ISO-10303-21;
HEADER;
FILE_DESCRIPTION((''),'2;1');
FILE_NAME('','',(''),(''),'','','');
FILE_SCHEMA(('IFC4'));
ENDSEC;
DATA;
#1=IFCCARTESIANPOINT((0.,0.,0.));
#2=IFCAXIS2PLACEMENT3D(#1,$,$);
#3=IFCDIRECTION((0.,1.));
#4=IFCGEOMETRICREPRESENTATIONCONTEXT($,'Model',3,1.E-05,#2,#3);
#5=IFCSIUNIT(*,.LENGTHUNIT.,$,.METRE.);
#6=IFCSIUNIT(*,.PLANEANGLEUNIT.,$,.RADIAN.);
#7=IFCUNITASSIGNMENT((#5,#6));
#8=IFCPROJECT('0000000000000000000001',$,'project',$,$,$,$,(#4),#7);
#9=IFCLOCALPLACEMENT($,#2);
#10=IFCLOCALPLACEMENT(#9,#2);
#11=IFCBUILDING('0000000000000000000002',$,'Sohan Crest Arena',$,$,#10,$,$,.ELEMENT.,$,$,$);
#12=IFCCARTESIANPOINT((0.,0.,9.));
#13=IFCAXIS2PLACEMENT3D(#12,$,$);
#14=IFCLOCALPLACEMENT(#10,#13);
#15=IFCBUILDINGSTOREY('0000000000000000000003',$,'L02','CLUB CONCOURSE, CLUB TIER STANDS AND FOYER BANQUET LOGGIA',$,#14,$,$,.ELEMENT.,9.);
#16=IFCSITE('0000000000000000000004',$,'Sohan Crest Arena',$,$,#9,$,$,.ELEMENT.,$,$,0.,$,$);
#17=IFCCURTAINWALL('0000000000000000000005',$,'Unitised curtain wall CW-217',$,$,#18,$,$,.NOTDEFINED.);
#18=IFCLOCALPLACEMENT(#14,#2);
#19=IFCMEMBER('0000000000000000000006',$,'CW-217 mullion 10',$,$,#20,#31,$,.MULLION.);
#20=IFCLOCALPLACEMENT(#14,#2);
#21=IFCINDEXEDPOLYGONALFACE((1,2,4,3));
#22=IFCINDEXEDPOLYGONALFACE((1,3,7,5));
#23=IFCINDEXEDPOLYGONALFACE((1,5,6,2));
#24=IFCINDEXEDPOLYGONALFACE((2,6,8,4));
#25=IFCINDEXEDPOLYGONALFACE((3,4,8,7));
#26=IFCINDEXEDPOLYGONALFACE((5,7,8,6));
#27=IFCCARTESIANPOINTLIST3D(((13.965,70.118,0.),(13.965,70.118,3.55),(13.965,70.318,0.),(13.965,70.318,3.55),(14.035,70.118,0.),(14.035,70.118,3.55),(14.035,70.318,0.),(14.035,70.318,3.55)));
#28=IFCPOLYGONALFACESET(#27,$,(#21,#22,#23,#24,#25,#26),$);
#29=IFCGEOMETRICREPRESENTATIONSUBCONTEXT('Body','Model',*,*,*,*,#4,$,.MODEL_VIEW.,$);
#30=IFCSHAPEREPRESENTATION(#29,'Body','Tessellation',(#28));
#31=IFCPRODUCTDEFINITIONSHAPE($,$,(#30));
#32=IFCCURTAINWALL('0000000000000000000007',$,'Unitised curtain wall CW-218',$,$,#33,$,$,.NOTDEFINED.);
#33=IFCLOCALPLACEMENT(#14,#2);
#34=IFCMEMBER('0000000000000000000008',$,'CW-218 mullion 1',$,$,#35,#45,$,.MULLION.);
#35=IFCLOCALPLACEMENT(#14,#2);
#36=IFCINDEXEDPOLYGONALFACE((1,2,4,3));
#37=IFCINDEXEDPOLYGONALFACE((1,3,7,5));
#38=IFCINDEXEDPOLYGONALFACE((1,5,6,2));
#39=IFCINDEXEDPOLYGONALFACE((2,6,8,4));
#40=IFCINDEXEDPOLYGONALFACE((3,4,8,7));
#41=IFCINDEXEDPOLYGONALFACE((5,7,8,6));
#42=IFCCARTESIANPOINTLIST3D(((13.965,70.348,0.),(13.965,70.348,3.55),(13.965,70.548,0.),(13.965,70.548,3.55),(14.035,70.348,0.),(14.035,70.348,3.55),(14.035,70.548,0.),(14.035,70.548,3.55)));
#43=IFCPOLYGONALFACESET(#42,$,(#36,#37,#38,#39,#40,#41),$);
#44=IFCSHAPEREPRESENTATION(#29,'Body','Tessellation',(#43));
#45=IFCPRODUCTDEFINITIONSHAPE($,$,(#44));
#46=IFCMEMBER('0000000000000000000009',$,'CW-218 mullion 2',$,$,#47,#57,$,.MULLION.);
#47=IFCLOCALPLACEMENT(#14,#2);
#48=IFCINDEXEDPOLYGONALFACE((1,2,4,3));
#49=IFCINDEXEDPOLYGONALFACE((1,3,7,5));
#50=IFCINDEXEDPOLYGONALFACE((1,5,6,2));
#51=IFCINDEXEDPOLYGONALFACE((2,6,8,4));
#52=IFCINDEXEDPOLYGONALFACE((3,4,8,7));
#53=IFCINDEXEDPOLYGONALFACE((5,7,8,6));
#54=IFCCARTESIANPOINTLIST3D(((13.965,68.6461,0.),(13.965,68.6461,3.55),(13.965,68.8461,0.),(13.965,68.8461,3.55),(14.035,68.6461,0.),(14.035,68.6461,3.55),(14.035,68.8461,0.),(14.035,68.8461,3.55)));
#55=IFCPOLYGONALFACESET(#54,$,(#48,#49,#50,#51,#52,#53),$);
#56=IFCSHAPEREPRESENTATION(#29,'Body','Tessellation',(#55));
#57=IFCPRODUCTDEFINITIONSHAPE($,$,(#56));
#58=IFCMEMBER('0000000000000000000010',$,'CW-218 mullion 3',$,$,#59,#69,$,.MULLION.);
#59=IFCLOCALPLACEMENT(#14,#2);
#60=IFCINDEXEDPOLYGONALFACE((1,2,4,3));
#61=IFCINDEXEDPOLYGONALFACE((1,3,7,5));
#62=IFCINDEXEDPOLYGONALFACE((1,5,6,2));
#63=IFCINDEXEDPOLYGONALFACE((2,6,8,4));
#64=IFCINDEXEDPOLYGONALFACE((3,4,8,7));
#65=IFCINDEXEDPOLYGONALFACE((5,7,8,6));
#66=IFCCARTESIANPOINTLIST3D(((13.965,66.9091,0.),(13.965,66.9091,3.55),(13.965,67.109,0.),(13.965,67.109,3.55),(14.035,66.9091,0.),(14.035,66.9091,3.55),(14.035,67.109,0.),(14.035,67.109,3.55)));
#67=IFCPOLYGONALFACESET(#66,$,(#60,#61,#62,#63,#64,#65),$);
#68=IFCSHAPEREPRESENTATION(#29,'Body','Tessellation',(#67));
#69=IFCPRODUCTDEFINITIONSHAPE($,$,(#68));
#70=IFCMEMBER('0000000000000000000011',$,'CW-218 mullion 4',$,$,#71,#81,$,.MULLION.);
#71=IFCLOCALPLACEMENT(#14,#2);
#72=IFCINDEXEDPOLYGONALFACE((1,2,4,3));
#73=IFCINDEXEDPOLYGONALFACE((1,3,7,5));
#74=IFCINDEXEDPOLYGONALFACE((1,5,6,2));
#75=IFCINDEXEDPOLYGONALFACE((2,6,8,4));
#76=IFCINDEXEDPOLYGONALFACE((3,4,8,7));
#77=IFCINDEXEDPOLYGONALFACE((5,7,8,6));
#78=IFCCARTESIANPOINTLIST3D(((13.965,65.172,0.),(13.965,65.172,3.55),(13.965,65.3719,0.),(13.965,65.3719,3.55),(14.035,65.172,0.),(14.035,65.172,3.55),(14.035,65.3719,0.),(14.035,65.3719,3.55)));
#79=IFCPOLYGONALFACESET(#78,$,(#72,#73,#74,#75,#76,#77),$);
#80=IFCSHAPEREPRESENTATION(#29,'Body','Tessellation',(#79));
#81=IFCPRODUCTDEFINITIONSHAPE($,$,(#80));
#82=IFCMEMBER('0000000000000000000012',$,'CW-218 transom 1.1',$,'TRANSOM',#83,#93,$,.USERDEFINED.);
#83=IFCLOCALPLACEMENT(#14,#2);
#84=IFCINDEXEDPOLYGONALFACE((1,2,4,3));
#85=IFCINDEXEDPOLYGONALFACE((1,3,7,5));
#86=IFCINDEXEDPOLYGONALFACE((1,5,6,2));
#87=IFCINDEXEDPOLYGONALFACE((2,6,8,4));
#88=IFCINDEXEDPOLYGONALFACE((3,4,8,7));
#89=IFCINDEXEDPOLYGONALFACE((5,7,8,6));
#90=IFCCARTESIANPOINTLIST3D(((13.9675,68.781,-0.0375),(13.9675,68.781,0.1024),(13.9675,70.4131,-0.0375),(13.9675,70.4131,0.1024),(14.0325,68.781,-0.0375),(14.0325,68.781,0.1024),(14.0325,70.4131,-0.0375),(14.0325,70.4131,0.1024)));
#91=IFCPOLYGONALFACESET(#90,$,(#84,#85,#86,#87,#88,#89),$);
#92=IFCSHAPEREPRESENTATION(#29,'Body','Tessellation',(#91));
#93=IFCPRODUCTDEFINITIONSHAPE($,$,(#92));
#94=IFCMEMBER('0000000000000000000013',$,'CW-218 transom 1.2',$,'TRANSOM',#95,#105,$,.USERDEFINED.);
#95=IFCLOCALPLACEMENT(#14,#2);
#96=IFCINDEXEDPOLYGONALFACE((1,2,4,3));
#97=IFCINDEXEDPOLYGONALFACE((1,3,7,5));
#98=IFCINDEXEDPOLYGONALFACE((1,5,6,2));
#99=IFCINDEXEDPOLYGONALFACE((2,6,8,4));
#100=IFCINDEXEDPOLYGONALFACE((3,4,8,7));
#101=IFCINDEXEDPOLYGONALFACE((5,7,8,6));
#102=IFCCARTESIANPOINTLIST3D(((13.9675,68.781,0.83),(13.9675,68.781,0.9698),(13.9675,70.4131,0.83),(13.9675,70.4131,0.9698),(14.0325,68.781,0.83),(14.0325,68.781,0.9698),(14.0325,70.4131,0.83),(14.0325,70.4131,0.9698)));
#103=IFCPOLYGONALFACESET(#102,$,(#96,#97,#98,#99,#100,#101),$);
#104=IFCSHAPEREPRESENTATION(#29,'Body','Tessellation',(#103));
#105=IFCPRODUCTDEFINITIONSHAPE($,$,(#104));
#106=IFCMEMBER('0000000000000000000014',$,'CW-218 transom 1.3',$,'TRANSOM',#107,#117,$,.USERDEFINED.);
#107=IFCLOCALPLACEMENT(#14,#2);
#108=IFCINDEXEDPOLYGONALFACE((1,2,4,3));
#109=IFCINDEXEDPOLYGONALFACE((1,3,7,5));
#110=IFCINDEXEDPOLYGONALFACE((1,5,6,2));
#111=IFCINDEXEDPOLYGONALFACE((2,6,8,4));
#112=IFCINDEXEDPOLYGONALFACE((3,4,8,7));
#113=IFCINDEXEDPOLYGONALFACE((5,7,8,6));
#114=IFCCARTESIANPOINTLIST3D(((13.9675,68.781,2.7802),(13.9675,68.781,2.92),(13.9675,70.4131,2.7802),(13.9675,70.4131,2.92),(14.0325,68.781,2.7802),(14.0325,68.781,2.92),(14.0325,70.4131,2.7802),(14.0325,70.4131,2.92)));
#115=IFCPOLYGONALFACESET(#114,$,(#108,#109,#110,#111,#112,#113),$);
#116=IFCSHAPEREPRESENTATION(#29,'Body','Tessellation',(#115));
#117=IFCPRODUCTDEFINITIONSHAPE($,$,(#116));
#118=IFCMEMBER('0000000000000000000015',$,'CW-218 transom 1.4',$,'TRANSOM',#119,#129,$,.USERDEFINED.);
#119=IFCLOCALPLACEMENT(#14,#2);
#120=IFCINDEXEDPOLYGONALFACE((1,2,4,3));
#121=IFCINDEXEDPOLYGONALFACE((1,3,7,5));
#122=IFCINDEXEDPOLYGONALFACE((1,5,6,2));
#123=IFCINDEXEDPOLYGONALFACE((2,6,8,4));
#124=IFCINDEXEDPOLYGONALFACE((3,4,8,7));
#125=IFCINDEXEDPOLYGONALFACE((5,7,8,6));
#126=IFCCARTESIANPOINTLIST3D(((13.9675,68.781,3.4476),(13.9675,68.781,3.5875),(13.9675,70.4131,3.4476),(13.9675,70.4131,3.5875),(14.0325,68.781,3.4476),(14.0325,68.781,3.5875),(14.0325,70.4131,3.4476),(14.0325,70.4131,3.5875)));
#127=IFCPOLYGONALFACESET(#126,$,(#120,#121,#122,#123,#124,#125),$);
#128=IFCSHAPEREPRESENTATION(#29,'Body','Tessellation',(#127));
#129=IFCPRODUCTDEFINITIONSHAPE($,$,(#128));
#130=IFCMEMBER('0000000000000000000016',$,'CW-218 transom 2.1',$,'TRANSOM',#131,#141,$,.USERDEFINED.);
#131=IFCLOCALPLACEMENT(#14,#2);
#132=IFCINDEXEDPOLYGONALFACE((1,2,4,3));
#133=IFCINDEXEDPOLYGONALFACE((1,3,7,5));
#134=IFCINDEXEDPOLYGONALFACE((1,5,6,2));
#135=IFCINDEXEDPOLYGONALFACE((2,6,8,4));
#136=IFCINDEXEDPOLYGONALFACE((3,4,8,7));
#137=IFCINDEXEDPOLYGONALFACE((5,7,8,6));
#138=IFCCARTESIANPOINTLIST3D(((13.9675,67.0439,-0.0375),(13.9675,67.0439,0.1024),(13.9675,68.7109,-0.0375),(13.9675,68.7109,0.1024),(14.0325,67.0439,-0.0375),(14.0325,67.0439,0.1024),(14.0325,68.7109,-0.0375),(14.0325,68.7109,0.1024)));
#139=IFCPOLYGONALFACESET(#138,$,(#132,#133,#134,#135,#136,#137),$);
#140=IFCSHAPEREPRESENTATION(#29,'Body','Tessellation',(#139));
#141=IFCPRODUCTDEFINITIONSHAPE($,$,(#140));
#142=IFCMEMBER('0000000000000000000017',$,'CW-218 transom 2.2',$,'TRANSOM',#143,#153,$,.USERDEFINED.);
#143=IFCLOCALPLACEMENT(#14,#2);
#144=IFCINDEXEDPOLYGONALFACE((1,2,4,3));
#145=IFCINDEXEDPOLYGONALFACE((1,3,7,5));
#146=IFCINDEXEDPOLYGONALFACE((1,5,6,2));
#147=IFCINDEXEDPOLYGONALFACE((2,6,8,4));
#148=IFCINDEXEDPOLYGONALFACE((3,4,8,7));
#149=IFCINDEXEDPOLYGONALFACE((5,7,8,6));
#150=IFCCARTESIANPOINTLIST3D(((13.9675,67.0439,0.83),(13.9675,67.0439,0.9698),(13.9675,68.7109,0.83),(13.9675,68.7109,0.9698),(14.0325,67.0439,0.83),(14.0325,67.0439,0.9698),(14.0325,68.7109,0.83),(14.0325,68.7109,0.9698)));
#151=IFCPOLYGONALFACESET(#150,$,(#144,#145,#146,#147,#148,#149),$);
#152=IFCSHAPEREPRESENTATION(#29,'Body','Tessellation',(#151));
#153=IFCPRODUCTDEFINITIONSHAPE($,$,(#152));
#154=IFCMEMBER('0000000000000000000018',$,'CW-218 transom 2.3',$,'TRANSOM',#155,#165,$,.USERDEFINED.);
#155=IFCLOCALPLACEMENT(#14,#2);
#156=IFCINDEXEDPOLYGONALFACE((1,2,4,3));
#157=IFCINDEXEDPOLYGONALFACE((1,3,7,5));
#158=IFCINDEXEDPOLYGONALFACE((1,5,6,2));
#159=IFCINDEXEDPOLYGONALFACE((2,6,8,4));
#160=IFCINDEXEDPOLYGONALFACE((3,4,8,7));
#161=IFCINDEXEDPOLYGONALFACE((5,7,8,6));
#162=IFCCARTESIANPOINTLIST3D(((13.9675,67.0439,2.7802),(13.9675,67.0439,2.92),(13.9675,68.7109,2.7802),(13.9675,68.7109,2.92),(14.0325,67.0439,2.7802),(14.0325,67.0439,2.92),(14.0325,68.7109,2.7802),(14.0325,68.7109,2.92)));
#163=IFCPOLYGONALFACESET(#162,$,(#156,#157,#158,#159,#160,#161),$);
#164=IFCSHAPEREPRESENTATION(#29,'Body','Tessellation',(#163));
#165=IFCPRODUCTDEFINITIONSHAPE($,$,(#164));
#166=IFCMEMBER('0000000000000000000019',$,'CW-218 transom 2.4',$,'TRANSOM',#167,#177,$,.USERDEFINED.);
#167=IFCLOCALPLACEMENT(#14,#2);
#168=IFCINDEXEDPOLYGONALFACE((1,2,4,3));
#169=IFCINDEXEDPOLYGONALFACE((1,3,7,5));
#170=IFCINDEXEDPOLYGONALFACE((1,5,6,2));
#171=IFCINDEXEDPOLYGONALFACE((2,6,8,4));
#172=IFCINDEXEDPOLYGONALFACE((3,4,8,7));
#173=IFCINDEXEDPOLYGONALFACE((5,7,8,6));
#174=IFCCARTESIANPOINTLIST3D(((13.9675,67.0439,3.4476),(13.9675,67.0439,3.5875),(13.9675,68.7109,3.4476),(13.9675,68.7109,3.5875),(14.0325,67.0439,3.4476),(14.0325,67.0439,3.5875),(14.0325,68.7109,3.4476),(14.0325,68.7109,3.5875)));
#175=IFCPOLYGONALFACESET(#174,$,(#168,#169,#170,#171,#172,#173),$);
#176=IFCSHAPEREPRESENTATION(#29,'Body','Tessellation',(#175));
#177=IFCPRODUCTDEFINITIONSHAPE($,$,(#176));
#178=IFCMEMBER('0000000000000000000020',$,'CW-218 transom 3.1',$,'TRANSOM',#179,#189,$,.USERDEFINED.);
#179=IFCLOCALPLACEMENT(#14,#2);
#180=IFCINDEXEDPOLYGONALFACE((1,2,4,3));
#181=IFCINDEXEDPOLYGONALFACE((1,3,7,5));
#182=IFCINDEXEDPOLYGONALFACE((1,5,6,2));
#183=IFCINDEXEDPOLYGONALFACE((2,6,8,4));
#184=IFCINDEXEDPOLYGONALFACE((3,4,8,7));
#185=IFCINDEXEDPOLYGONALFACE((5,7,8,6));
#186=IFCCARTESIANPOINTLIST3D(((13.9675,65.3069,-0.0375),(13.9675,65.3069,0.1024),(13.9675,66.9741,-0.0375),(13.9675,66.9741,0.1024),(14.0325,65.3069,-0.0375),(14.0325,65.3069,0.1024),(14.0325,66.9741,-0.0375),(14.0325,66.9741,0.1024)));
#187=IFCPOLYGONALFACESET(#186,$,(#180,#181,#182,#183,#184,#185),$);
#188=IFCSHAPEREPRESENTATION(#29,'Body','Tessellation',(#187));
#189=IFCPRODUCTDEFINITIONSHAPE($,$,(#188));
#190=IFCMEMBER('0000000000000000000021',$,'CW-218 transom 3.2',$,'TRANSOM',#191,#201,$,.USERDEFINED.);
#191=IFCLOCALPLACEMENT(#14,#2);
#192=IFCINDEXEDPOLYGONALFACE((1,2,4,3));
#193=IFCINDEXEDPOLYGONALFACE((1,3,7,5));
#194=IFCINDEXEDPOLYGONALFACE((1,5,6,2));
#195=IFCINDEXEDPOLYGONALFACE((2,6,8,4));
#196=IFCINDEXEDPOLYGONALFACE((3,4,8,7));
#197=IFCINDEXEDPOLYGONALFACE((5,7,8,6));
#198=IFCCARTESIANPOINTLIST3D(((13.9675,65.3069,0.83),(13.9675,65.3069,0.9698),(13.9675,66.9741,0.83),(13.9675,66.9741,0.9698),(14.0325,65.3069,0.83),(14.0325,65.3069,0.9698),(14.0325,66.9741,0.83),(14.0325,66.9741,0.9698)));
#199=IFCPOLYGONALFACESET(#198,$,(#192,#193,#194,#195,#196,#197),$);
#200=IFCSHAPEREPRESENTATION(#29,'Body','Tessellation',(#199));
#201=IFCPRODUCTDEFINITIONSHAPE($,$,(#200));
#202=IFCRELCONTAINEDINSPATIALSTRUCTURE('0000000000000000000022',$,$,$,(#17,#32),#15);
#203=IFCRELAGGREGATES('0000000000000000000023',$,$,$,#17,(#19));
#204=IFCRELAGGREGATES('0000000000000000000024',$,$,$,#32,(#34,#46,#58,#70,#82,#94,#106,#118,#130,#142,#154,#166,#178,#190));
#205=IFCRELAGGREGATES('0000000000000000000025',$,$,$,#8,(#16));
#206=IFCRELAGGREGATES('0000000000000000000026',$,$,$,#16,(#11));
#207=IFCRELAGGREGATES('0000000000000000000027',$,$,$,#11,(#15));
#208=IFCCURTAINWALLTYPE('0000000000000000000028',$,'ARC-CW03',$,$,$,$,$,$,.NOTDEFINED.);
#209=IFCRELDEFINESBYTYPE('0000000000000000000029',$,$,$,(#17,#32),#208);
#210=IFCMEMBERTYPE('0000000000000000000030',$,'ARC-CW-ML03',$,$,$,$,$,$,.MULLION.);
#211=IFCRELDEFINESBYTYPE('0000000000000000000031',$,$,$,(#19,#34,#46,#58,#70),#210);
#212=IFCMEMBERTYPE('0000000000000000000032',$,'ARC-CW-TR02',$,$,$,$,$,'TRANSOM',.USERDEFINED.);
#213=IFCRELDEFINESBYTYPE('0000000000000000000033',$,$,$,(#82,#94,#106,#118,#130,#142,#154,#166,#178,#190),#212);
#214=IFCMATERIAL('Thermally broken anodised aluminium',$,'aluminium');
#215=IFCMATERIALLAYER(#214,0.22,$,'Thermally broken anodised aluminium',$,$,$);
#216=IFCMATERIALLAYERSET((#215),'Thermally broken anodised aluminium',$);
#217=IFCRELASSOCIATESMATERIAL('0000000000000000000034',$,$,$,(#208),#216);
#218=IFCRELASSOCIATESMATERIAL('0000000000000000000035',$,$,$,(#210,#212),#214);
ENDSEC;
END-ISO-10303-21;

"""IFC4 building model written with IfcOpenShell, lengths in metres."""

from ifc_helpers import new_model, si_unit, direction, frame, origin, origin_2d, place, context, subcontext, project, spatial, rectangle, extrude, material, layer, layer_set, material_profile, profile_set, type_object, element, aggregate, save


model = new_model("IFC4")

# Units and contexts
model_context = context("Model", 3, precision=1e-05, world=origin(), true_north=direction((0.0, 1.0)))
body_context = subcontext(model_context, "Body", "Model", "MODEL_VIEW")
ifc_project = project(units=[si_unit("LENGTHUNIT", "METRE"), si_unit("PLANEANGLEUNIT", "RADIAN")], contexts=[model_context])

# Site, building, storey
site_placement = place(None, origin())
site = spatial("IfcSite", under=ifc_project, at=site_placement, Name="Sohan Crest Arena", CompositionType="ELEMENT", RefElevation=0.0)
building_placement = place(site_placement, origin())
building = spatial("IfcBuilding", under=site, at=building_placement, Name="Sohan Crest Arena", CompositionType="ELEMENT")
storey_placement = place(building_placement, frame((0.0, 0.0, 9.0)))
storey = spatial("IfcBuildingStorey", under=building, at=storey_placement, Name="L02", Description="CLUB CONCOURSE, CLUB TIER STANDS AND FOYER BANQUET LOGGIA", CompositionType="ELEMENT", Elevation=9.0)

# Curtain wall, member
ifc_material_1 = material(Name="Thermally broken anodised aluminium", Category="aluminium")
ifc_layer_1 = layer(ifc_material_1, 0.22, Name="Thermally broken anodised aluminium")
ifc_layer_set_1 = layer_set([ifc_layer_1], Name="Thermally broken anodised aluminium")
curtain_wall_type = type_object("IfcCurtainWallType", Name="ARC-CW03", PredefinedType="NOTDEFINED", material=ifc_layer_set_1)
curtain_wall_1_placement = place(storey_placement, origin())
curtain_wall_1 = element("IfcCurtainWall", 1, at=curtain_wall_1_placement, inside=storey, type_object=curtain_wall_type, Name="Unitised curtain wall CW-217", PredefinedType="NOTDEFINED")
ifc_material_profile_1 = material_profile(ifc_material_1, rectangle(XDim=0.0701, YDim=0.2, at=origin_2d()), Name="ALU-MULL 70x200")
ifc_profile_set_1 = profile_set([ifc_material_profile_1], Name="Thermally broken anodised aluminium")
member_type_1 = type_object("IfcMemberType", Name="ARC-CW-ML03", PredefinedType="MULLION", material=ifc_profile_set_1)
member_1_placement = place(storey_placement, frame((14.0, 70.218, 0.0), z_axis=(0.0, 0.0, 1.0), x_axis=(1.0, 0.0, 0.0)))
member_1 = element("IfcMember", 2, at=member_1_placement, type_object=member_type_1, Name="CW-217 mullion 10", PredefinedType="MULLION", context=body_context, shape_type="SweptSolid", body=[
    extrude(rectangle(XDim=0.0701, YDim=0.2, at=origin_2d()), origin(), (0.0, 0.0, 1.0), 3.55),
])

# Curtain wall, members
curtain_wall_2_placement = place(storey_placement, origin())
curtain_wall_2 = element("IfcCurtainWall", 3, at=curtain_wall_2_placement, inside=storey, type_object=curtain_wall_type, Name="Unitised curtain wall CW-218", PredefinedType="NOTDEFINED")
member_2_placement = place(storey_placement, frame((14.0, 70.448, 0.0), z_axis=(0.0, 0.0, 1.0), x_axis=(1.0, 0.0, 0.0)))
member_2 = element("IfcMember", 4, at=member_2_placement, type_object=member_type_1, Name="CW-218 mullion 1", PredefinedType="MULLION", context=body_context, shape_type="SweptSolid", body=[
    extrude(rectangle(XDim=0.0701, YDim=0.2, at=origin_2d()), origin(), (0.0, 0.0, 1.0), 3.55),
])
member_3_placement = place(storey_placement, frame((14.0, 68.7461, 0.0), z_axis=(0.0, 0.0, 1.0), x_axis=(1.0, 0.0, 0.0)))
member_3 = element("IfcMember", 5, at=member_3_placement, type_object=member_type_1, Name="CW-218 mullion 2", PredefinedType="MULLION", context=body_context, shape_type="SweptSolid", body=[
    extrude(rectangle(XDim=0.0701, YDim=0.2, at=origin_2d()), origin(), (0.0, 0.0, 1.0), 3.55),
])
member_4_placement = place(storey_placement, frame((14.0, 67.009, 0.0), z_axis=(0.0, 0.0, 1.0), x_axis=(1.0, 0.0, 0.0)))
member_4 = element("IfcMember", 6, at=member_4_placement, type_object=member_type_1, Name="CW-218 mullion 3", PredefinedType="MULLION", context=body_context, shape_type="SweptSolid", body=[
    extrude(rectangle(XDim=0.0701, YDim=0.2, at=origin_2d()), origin(), (0.0, 0.0, 1.0), 3.55),
])
member_5_placement = place(storey_placement, frame((14.0, 65.272, 0.0), z_axis=(0.0, 0.0, 1.0), x_axis=(1.0, 0.0, 0.0)))
member_5 = element("IfcMember", 7, at=member_5_placement, type_object=member_type_1, Name="CW-218 mullion 4", PredefinedType="MULLION", context=body_context, shape_type="SweptSolid", body=[
    extrude(rectangle(XDim=0.0701, YDim=0.2, at=origin_2d()), origin(), (0.0, 0.0, 1.0), 3.55),
])
ifc_material_profile_2 = material_profile(ifc_material_1, rectangle(XDim=0.0649, YDim=0.1399, at=origin_2d()), Name="ALU-TRAN 65x140")
ifc_profile_set_2 = profile_set([ifc_material_profile_2], Name="Thermally broken anodised aluminium")
member_type_2 = type_object("IfcMemberType", Name="ARC-CW-TR02", ElementType="TRANSOM", PredefinedType="USERDEFINED", material=ifc_profile_set_2)
member_6_placement = place(storey_placement, frame((14.0, 70.4131, 0.0325), z_axis=(0.0, -1.0, 0.0), x_axis=(1.0, 0.0, 0.0)))
member_6 = element("IfcMember", 8, at=member_6_placement, type_object=member_type_2, Name="CW-218 transom 1.1", ObjectType="TRANSOM", PredefinedType="USERDEFINED", context=body_context, shape_type="SweptSolid", body=[
    extrude(rectangle(XDim=0.0649, YDim=0.1399, at=origin_2d()), origin(), (0.0, 0.0, 1.0), 1.6321),
])
member_7_placement = place(storey_placement, frame((14.0, 70.4131, 0.8999), z_axis=(0.0, -1.0, 0.0), x_axis=(1.0, 0.0, 0.0)))
member_7 = element("IfcMember", 9, at=member_7_placement, type_object=member_type_2, Name="CW-218 transom 1.2", ObjectType="TRANSOM", PredefinedType="USERDEFINED", context=body_context, shape_type="SweptSolid", body=[
    extrude(rectangle(XDim=0.0649, YDim=0.1399, at=origin_2d()), origin(), (0.0, 0.0, 1.0), 1.6321),
])
member_8_placement = place(storey_placement, frame((14.0, 70.4131, 2.8501), z_axis=(0.0, -1.0, 0.0), x_axis=(1.0, 0.0, 0.0)))
member_8 = element("IfcMember", 10, at=member_8_placement, type_object=member_type_2, Name="CW-218 transom 1.3", ObjectType="TRANSOM", PredefinedType="USERDEFINED", context=body_context, shape_type="SweptSolid", body=[
    extrude(rectangle(XDim=0.0649, YDim=0.1399, at=origin_2d()), origin(), (0.0, 0.0, 1.0), 1.6321),
])
member_9_placement = place(storey_placement, frame((14.0, 70.4131, 3.5176), z_axis=(0.0, -1.0, 0.0), x_axis=(1.0, 0.0, 0.0)))
member_9 = element("IfcMember", 11, at=member_9_placement, type_object=member_type_2, Name="CW-218 transom 1.4", ObjectType="TRANSOM", PredefinedType="USERDEFINED", context=body_context, shape_type="SweptSolid", body=[
    extrude(rectangle(XDim=0.0649, YDim=0.1399, at=origin_2d()), origin(), (0.0, 0.0, 1.0), 1.6321),
])
member_10_placement = place(storey_placement, frame((14.0, 68.7109, 0.0325), z_axis=(0.0, -1.0, 0.0), x_axis=(1.0, 0.0, 0.0)))
member_10 = element("IfcMember", 12, at=member_10_placement, type_object=member_type_2, Name="CW-218 transom 2.1", ObjectType="TRANSOM", PredefinedType="USERDEFINED", context=body_context, shape_type="SweptSolid", body=[
    extrude(rectangle(XDim=0.0649, YDim=0.1399, at=origin_2d()), origin(), (0.0, 0.0, 1.0), 1.667),
])
member_11_placement = place(storey_placement, frame((14.0, 68.7109, 0.8999), z_axis=(0.0, -1.0, 0.0), x_axis=(1.0, 0.0, 0.0)))
member_11 = element("IfcMember", 13, at=member_11_placement, type_object=member_type_2, Name="CW-218 transom 2.2", ObjectType="TRANSOM", PredefinedType="USERDEFINED", context=body_context, shape_type="SweptSolid", body=[
    extrude(rectangle(XDim=0.0649, YDim=0.1399, at=origin_2d()), origin(), (0.0, 0.0, 1.0), 1.667),
])
member_12_placement = place(storey_placement, frame((14.0, 68.7109, 2.8501), z_axis=(0.0, -1.0, 0.0), x_axis=(1.0, 0.0, 0.0)))
member_12 = element("IfcMember", 14, at=member_12_placement, type_object=member_type_2, Name="CW-218 transom 2.3", ObjectType="TRANSOM", PredefinedType="USERDEFINED", context=body_context, shape_type="SweptSolid", body=[
    extrude(rectangle(XDim=0.0649, YDim=0.1399, at=origin_2d()), origin(), (0.0, 0.0, 1.0), 1.667),
])
member_13_placement = place(storey_placement, frame((14.0, 68.7109, 3.5176), z_axis=(0.0, -1.0, 0.0), x_axis=(1.0, 0.0, 0.0)))
member_13 = element("IfcMember", 15, at=member_13_placement, type_object=member_type_2, Name="CW-218 transom 2.4", ObjectType="TRANSOM", PredefinedType="USERDEFINED", context=body_context, shape_type="SweptSolid", body=[
    extrude(rectangle(XDim=0.0649, YDim=0.1399, at=origin_2d()), origin(), (0.0, 0.0, 1.0), 1.667),
])
member_14_placement = place(storey_placement, frame((14.0, 66.9741, 0.0325), z_axis=(0.0, -1.0, 0.0), x_axis=(1.0, 0.0, 0.0)))
member_14 = element("IfcMember", 16, at=member_14_placement, type_object=member_type_2, Name="CW-218 transom 3.1", ObjectType="TRANSOM", PredefinedType="USERDEFINED", context=body_context, shape_type="SweptSolid", body=[
    extrude(rectangle(XDim=0.0649, YDim=0.1399, at=origin_2d()), origin(), (0.0, 0.0, 1.0), 1.6672),
])
member_15_placement = place(storey_placement, frame((14.0, 66.9741, 0.8999), z_axis=(0.0, -1.0, 0.0), x_axis=(1.0, 0.0, 0.0)))
member_15 = element("IfcMember", 17, at=member_15_placement, type_object=member_type_2, Name="CW-218 transom 3.2", ObjectType="TRANSOM", PredefinedType="USERDEFINED", context=body_context, shape_type="SweptSolid", body=[
    extrude(rectangle(XDim=0.0649, YDim=0.1399, at=origin_2d()), origin(), (0.0, 0.0, 1.0), 1.6672),
])

aggregate(curtain_wall_1, [member_1])
aggregate(curtain_wall_2, [member_2, member_3, member_4, member_5, member_6, member_7, member_8, member_9, member_10, member_11, member_12, member_13, member_14, member_15])

save(model, "model.ifc")
